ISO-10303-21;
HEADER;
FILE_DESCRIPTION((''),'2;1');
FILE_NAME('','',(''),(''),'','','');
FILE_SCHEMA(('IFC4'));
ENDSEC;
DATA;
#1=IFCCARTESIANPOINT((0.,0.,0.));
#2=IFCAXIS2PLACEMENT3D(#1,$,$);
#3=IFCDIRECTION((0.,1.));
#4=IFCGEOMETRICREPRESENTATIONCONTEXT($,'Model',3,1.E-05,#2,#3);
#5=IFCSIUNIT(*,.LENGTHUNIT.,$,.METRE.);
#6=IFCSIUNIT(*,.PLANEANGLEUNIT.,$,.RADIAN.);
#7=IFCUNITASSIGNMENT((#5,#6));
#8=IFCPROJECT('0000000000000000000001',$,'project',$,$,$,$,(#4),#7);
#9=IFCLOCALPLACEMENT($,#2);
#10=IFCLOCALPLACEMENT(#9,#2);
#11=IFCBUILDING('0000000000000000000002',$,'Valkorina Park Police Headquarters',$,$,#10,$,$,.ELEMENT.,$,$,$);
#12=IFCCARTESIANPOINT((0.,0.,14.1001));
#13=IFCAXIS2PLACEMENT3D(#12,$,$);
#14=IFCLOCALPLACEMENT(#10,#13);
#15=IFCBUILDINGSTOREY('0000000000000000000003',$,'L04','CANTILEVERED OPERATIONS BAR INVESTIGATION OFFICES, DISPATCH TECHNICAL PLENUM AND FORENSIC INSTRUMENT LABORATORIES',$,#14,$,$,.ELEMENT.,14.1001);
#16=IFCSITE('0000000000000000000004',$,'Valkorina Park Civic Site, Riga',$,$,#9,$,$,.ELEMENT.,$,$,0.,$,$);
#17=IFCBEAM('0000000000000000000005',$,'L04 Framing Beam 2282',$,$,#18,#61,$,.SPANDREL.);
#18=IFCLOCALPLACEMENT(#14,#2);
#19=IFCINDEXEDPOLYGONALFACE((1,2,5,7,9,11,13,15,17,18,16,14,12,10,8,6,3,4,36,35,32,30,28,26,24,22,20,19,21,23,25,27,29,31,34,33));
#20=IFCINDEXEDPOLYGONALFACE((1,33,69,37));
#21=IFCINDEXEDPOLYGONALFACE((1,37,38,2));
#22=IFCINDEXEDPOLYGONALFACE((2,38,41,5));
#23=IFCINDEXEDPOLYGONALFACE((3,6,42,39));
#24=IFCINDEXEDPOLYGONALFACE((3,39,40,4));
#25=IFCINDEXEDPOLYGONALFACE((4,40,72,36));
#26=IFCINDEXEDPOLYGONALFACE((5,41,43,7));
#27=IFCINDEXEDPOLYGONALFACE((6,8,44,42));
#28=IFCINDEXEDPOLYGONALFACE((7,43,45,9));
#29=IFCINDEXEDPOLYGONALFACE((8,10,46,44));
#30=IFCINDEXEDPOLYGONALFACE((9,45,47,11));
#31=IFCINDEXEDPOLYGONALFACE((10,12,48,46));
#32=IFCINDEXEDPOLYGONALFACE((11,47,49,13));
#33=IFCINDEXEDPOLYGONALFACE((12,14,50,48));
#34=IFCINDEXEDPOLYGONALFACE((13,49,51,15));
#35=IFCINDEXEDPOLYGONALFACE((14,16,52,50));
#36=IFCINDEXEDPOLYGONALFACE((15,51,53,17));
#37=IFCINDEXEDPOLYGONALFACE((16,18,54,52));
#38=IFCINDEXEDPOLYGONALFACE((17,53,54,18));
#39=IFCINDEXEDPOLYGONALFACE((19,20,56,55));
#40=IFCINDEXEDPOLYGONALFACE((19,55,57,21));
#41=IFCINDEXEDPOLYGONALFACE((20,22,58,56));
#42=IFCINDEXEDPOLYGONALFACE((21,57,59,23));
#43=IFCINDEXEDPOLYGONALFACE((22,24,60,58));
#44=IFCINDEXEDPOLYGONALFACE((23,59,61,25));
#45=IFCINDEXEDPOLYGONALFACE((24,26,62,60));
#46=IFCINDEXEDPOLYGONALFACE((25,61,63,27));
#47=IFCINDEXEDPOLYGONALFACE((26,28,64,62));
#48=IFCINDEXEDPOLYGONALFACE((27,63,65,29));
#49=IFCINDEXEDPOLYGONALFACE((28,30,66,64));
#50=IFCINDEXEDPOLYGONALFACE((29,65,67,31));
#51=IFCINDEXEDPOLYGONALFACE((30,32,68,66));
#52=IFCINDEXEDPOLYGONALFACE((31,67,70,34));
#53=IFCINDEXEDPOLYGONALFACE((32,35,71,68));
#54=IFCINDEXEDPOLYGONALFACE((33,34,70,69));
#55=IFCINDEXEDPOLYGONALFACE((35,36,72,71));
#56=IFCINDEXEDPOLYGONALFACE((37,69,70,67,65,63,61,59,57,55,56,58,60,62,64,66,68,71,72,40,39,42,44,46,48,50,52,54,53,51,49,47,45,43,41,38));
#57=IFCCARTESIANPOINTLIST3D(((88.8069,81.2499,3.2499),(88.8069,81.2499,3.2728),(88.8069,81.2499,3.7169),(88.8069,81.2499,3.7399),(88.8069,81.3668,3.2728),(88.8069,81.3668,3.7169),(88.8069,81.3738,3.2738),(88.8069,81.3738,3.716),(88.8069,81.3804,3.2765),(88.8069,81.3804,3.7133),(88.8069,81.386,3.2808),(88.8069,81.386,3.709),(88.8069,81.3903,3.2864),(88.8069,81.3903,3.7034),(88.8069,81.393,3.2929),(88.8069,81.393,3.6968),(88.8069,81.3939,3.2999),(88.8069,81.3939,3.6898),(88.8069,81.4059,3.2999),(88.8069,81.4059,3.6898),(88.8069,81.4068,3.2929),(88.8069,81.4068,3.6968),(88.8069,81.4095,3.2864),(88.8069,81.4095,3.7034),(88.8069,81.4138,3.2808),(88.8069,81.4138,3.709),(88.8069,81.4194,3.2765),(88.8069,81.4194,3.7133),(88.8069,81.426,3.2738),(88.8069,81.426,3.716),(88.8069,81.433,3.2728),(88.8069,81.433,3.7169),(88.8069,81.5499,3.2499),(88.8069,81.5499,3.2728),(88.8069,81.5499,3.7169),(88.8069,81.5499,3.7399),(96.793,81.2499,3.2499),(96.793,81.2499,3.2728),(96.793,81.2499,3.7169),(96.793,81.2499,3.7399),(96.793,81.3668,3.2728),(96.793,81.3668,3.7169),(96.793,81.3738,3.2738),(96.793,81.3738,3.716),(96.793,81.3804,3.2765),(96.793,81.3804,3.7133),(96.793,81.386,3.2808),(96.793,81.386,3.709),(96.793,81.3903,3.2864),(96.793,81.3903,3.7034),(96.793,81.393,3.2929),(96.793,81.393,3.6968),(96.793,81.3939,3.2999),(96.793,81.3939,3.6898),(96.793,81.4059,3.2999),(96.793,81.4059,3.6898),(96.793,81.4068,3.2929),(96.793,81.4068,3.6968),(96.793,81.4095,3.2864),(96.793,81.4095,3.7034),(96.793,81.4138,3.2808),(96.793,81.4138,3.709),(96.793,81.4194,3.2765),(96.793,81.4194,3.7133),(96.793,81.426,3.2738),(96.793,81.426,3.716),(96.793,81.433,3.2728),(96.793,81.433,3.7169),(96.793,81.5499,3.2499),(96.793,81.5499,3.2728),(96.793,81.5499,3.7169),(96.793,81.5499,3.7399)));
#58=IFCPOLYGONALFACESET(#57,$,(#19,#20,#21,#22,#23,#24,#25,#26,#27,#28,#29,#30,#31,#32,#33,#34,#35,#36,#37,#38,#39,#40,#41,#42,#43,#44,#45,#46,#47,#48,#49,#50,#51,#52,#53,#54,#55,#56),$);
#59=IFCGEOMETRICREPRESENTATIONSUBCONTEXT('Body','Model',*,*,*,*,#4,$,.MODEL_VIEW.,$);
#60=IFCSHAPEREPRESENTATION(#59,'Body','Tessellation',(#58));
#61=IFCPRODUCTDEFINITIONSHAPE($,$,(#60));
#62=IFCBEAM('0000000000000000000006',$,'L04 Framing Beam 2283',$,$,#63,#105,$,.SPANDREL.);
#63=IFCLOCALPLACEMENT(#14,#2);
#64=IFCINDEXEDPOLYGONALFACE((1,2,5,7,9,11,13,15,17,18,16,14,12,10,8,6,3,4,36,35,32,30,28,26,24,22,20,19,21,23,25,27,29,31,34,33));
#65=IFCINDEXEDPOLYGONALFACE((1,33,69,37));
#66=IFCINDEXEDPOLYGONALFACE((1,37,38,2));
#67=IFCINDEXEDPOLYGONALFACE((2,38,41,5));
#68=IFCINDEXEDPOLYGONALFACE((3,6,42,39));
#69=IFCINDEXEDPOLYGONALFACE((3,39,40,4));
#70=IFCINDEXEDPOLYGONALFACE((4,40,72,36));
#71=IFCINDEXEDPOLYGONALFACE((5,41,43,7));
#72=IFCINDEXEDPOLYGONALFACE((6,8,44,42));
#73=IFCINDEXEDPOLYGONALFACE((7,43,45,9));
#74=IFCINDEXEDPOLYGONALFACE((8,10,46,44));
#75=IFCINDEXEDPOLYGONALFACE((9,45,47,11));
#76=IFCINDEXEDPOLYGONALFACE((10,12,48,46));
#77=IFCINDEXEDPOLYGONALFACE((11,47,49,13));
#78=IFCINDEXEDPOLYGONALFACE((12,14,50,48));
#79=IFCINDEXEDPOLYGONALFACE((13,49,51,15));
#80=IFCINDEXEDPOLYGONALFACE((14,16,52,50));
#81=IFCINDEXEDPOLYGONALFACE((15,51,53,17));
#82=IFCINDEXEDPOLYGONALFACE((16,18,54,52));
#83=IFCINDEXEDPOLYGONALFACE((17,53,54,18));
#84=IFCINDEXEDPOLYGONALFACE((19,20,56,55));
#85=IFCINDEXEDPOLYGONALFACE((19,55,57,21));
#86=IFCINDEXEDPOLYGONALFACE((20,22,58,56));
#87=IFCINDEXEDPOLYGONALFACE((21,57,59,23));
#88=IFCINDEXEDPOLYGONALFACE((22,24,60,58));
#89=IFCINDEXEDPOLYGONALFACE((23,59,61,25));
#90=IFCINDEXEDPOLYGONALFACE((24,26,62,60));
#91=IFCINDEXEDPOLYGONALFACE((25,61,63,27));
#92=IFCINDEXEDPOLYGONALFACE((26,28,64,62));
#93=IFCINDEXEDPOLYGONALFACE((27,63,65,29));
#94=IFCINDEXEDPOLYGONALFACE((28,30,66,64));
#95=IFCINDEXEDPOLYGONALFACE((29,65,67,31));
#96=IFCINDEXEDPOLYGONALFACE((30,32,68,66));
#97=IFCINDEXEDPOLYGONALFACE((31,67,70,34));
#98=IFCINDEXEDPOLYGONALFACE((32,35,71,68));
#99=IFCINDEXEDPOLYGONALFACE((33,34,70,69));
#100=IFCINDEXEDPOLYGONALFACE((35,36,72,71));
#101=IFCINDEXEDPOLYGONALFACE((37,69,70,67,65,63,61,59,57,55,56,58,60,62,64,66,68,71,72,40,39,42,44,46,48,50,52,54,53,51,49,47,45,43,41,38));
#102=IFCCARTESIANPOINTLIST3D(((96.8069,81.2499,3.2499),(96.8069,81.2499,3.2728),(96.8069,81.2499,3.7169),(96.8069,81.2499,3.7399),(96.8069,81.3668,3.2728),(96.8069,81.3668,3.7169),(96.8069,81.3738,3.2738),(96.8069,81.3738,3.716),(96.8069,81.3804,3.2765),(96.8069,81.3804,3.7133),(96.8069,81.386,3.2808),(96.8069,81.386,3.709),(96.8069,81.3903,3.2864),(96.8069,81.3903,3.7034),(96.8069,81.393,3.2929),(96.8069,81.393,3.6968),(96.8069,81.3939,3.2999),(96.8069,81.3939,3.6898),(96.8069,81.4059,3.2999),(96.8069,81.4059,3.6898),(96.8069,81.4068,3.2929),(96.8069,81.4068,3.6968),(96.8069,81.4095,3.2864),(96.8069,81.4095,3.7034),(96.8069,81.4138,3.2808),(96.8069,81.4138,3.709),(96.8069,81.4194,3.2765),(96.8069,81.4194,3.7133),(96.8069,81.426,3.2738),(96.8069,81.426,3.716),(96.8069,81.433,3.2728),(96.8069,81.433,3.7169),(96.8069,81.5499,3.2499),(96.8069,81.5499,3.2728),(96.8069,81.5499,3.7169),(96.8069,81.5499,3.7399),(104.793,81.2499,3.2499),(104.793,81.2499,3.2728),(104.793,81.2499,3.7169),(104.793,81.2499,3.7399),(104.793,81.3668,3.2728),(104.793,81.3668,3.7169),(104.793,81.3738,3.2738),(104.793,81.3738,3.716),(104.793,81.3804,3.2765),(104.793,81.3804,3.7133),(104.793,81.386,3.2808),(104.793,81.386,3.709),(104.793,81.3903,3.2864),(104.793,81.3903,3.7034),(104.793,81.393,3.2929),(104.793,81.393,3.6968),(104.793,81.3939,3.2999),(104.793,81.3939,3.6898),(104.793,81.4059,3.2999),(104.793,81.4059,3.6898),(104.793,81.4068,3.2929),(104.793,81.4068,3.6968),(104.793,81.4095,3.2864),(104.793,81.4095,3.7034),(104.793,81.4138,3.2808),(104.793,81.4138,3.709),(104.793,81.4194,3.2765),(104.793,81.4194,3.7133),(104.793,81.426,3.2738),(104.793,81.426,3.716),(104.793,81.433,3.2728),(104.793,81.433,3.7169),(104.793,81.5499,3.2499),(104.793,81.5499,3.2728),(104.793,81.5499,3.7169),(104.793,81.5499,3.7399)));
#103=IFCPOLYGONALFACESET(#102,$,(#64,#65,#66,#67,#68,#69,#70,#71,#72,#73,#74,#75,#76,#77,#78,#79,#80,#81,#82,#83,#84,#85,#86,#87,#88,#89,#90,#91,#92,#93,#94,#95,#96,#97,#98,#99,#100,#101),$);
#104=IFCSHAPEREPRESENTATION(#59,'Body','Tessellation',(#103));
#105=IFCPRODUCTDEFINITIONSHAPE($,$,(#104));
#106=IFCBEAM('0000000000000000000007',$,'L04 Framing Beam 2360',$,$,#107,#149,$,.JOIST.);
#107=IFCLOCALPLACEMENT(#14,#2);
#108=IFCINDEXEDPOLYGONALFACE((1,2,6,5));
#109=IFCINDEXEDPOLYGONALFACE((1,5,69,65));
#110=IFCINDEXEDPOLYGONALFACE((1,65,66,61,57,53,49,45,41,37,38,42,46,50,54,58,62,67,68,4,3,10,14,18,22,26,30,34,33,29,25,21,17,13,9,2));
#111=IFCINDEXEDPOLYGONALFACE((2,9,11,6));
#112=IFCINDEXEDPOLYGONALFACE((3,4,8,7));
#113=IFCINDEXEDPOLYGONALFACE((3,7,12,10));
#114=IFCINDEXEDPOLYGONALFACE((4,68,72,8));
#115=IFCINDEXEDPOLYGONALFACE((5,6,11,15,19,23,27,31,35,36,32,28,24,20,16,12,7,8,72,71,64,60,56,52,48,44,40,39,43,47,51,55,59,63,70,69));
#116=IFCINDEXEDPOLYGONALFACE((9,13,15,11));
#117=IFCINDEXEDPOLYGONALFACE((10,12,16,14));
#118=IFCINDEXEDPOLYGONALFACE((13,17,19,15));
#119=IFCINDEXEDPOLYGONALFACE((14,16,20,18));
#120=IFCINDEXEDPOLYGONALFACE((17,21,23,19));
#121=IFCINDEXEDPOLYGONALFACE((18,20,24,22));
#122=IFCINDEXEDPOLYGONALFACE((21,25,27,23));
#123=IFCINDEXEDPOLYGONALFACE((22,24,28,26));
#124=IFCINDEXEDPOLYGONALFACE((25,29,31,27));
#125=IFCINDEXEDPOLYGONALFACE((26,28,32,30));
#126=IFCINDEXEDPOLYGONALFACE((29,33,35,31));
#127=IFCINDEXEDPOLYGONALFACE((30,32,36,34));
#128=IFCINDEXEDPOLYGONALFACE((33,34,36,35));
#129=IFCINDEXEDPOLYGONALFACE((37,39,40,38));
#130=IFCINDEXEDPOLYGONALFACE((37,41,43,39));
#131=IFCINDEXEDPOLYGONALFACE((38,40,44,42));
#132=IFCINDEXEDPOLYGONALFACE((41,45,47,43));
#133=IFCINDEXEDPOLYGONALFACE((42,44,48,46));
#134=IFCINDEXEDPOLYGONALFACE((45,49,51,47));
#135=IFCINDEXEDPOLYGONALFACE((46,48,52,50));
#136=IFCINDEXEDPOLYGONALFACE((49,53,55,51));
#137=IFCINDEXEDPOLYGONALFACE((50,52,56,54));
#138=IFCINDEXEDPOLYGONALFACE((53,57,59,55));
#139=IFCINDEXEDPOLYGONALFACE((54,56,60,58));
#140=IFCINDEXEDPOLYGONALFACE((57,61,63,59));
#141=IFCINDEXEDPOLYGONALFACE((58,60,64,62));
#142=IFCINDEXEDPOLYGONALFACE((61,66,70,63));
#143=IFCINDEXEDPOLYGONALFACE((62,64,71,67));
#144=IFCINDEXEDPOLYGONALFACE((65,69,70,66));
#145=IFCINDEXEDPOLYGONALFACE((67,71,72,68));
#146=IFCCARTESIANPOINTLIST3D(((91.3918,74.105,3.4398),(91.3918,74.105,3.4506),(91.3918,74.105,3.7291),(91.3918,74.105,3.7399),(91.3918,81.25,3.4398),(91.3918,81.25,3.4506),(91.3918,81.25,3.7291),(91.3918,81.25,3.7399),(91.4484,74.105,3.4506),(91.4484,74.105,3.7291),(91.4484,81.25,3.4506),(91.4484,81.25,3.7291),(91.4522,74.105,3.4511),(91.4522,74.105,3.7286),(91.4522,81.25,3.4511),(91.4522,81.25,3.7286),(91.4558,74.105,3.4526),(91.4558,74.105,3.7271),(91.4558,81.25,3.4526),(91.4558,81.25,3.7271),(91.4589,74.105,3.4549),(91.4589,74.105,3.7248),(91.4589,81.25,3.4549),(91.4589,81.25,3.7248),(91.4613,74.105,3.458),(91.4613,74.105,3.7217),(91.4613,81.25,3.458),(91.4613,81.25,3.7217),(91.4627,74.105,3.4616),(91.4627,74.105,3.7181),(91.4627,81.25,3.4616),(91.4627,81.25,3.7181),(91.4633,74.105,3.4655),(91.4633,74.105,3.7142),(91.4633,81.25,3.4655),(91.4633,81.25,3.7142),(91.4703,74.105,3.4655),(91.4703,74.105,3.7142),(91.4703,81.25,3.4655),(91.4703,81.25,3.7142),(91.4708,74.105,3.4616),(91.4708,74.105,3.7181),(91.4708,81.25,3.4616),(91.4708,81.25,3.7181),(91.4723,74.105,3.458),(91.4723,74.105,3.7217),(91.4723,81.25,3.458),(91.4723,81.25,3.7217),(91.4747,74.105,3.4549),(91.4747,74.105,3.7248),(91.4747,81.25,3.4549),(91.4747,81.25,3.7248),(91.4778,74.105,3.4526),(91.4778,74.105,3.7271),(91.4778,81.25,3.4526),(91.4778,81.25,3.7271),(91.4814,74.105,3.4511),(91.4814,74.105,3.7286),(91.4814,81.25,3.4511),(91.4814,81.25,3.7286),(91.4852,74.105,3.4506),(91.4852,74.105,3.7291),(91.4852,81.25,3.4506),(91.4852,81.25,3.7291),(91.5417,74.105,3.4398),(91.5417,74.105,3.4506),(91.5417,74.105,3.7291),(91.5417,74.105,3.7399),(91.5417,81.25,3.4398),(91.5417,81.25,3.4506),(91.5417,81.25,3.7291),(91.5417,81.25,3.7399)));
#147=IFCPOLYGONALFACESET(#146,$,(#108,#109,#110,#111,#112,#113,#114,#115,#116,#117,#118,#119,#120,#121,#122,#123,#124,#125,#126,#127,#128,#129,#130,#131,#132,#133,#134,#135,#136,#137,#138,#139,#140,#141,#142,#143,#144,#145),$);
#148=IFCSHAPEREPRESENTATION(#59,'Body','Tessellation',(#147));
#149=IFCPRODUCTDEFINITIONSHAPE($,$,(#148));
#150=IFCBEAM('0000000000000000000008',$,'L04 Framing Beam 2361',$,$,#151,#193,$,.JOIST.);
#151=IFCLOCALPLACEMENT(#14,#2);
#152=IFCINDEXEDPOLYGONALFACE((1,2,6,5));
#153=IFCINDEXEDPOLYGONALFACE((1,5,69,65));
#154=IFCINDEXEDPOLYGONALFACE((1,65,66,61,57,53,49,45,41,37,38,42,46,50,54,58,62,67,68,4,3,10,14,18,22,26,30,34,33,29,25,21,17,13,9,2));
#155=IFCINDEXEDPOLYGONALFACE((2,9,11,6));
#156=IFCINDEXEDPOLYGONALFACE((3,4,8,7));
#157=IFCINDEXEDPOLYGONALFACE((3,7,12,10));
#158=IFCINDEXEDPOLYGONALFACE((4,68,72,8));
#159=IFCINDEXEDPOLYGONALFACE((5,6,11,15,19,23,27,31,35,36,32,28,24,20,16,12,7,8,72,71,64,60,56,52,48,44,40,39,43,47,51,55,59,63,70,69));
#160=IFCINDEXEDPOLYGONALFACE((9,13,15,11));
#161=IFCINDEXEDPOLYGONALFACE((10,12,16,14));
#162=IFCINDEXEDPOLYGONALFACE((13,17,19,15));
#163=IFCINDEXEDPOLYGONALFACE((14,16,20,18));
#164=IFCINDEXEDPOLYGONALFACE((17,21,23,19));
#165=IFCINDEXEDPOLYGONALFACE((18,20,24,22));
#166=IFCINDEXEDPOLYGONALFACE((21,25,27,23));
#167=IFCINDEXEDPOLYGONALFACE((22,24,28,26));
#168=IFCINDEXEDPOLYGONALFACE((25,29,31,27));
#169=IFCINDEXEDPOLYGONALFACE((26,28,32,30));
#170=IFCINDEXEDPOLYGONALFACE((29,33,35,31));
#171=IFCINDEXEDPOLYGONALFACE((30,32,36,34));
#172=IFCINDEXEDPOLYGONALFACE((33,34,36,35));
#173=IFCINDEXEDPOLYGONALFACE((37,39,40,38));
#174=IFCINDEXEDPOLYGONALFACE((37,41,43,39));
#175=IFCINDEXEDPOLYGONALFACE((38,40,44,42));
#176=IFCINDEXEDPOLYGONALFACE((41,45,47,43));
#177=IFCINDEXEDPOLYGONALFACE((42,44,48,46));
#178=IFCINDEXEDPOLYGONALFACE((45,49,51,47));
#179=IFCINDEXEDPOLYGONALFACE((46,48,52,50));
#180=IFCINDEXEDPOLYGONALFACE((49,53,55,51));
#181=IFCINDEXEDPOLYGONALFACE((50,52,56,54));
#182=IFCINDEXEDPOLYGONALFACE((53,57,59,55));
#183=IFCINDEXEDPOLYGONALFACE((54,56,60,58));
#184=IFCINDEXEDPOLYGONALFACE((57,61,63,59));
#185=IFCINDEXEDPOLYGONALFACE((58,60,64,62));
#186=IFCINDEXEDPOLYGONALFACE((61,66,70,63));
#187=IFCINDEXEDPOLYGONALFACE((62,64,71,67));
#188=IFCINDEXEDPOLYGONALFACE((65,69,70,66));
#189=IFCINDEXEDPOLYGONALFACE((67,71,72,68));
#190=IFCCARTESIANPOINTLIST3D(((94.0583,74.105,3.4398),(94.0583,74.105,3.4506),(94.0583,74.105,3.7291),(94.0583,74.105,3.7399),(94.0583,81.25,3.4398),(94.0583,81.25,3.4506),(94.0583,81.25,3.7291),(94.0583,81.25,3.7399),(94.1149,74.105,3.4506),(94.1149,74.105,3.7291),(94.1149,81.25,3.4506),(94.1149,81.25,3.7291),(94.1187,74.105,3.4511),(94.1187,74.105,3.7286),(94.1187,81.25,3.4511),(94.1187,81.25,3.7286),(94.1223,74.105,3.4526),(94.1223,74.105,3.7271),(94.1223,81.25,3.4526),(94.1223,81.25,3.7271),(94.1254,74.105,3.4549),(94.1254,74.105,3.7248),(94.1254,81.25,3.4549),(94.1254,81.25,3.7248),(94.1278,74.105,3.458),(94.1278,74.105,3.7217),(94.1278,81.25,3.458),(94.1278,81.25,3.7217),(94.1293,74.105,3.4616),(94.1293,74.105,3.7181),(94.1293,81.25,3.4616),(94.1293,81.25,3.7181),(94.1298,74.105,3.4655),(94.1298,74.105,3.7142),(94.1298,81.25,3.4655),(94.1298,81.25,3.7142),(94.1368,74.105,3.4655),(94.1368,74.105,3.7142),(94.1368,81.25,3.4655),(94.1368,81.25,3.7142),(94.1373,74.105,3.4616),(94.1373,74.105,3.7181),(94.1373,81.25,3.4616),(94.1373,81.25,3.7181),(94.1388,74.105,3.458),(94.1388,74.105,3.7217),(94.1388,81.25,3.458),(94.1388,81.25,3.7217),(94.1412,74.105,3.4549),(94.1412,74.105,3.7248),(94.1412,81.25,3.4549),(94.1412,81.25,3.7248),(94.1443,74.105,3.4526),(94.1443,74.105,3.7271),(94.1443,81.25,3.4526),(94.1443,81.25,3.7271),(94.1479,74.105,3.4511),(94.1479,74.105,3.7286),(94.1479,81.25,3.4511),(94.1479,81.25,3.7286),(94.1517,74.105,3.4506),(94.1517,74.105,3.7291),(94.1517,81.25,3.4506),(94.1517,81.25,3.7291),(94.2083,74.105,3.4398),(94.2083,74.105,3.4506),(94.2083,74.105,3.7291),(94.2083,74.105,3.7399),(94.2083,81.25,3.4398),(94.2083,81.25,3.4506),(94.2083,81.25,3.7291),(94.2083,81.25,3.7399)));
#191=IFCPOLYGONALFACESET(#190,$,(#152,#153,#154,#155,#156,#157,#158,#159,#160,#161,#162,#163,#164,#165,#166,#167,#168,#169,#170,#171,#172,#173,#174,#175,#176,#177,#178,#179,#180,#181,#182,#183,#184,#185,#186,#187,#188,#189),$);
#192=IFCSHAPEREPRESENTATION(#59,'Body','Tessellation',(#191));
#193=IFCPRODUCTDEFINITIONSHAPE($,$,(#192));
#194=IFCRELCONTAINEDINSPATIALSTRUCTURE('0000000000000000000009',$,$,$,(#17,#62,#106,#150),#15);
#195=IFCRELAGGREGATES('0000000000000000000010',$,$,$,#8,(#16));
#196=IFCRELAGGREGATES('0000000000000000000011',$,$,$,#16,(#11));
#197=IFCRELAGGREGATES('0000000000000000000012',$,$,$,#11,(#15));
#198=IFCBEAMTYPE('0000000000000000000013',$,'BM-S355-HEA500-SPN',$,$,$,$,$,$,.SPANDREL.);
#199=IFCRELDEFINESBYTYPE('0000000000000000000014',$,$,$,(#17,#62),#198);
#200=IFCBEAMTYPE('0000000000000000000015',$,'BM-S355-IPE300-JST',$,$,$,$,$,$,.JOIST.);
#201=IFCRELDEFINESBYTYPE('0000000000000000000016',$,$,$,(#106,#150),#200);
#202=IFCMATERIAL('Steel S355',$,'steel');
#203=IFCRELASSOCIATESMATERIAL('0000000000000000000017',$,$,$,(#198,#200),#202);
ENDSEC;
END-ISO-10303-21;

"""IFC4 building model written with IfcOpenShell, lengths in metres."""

from ifc_helpers import new_model, si_unit, direction, frame, origin, origin_2d, place, context, subcontext, project, spatial, i_section, extrude, material, material_profile, profile_set, type_object, element, save


model = new_model("IFC4")

# Units and contexts
model_context = context("Model", 3, precision=1e-05, world=origin(), true_north=direction((0.0, 1.0)))
body_context = subcontext(model_context, "Body", "Model", "MODEL_VIEW")
ifc_project = project(units=[si_unit("LENGTHUNIT", "METRE"), si_unit("PLANEANGLEUNIT", "RADIAN")], contexts=[model_context])

# Site, building, storey
site_placement = place(None, origin())
site = spatial("IfcSite", under=ifc_project, at=site_placement, Name="Valkorina Park Civic Site, Riga", CompositionType="ELEMENT", RefElevation=0.0)
building_placement = place(site_placement, origin())
building = spatial("IfcBuilding", under=site, at=building_placement, Name="Valkorina Park Police Headquarters", CompositionType="ELEMENT")
storey_placement = place(building_placement, frame((0.0, 0.0, 14.1001)))
storey = spatial("IfcBuildingStorey", under=building, at=storey_placement, Name="L04", Description="CANTILEVERED OPERATIONS BAR INVESTIGATION OFFICES, DISPATCH TECHNICAL PLENUM AND FORENSIC INSTRUMENT LABORATORIES", CompositionType="ELEMENT", Elevation=14.1001)

# Shared definitions
ifc_material_1 = material(Name="Steel S355", Category="steel")

# Beams
ifc_material_profile_1 = material_profile(ifc_material_1, i_section(OverallWidth=0.3, OverallDepth=0.49, WebThickness=0.012, FlangeThickness=0.0229, FilletRadius=0.0271, at=origin_2d()), Name="HEA 500")
ifc_profile_set_1 = profile_set([ifc_material_profile_1], Name="Steel S355")
beam_type_1 = type_object("IfcBeamType", Name="BM-S355-HEA500-SPN", PredefinedType="SPANDREL", material=ifc_profile_set_1)
for number, where, z_axis, x_axis, name in (
    (1, (88.8069, 81.3999, 3.4949), (1.0, 0.0, 0.0), (0.0, 1.0, 0.0), "L04 Framing Beam 2282"),
    (2, (96.8069, 81.3999, 3.4949), (1.0, 0.0, 0.0), (0.0, 1.0, 0.0), "L04 Framing Beam 2283"),
):
    element("IfcBeam", number, at=place(storey_placement, frame(where, z_axis=z_axis, x_axis=x_axis)), inside=storey, type_object=beam_type_1, Name=name, PredefinedType="SPANDREL", context=body_context, shape_type="SweptSolid", body=[
        extrude(i_section(OverallWidth=0.3, OverallDepth=0.49, WebThickness=0.012, FlangeThickness=0.0229, FilletRadius=0.0271, at=origin_2d()), origin(), (0.0, 0.0, 1.0), 7.9861),
    ])
ifc_material_profile_2 = material_profile(ifc_material_1, i_section(OverallWidth=0.1499, OverallDepth=0.3, WebThickness=0.0071, FlangeThickness=0.0107, FilletRadius=0.0149, at=origin_2d()), Name="IPE 300")
ifc_profile_set_2 = profile_set([ifc_material_profile_2], Name="Steel S355")
beam_type_2 = type_object("IfcBeamType", Name="BM-S355-IPE300-JST", PredefinedType="JOIST", material=ifc_profile_set_2)
for number, where, z_axis, x_axis, name in (
    (3, (91.4668, 74.105, 3.5898), (0.0, 1.0, 0.0), (-1.0, 0.0, 0.0), "L04 Framing Beam 2360"),
    (4, (94.1333, 74.105, 3.5898), (0.0, 1.0, 0.0), (-1.0, 0.0, 0.0), "L04 Framing Beam 2361"),
):
    element("IfcBeam", number, at=place(storey_placement, frame(where, z_axis=z_axis, x_axis=x_axis)), inside=storey, type_object=beam_type_2, Name=name, PredefinedType="JOIST", context=body_context, shape_type="SweptSolid", body=[
        extrude(i_section(OverallWidth=0.1499, OverallDepth=0.3, WebThickness=0.0071, FlangeThickness=0.0107, FilletRadius=0.0149, at=origin_2d()), origin(), (0.0, 0.0, 1.0), 7.145),
    ])

save(model, "model.ifc")
